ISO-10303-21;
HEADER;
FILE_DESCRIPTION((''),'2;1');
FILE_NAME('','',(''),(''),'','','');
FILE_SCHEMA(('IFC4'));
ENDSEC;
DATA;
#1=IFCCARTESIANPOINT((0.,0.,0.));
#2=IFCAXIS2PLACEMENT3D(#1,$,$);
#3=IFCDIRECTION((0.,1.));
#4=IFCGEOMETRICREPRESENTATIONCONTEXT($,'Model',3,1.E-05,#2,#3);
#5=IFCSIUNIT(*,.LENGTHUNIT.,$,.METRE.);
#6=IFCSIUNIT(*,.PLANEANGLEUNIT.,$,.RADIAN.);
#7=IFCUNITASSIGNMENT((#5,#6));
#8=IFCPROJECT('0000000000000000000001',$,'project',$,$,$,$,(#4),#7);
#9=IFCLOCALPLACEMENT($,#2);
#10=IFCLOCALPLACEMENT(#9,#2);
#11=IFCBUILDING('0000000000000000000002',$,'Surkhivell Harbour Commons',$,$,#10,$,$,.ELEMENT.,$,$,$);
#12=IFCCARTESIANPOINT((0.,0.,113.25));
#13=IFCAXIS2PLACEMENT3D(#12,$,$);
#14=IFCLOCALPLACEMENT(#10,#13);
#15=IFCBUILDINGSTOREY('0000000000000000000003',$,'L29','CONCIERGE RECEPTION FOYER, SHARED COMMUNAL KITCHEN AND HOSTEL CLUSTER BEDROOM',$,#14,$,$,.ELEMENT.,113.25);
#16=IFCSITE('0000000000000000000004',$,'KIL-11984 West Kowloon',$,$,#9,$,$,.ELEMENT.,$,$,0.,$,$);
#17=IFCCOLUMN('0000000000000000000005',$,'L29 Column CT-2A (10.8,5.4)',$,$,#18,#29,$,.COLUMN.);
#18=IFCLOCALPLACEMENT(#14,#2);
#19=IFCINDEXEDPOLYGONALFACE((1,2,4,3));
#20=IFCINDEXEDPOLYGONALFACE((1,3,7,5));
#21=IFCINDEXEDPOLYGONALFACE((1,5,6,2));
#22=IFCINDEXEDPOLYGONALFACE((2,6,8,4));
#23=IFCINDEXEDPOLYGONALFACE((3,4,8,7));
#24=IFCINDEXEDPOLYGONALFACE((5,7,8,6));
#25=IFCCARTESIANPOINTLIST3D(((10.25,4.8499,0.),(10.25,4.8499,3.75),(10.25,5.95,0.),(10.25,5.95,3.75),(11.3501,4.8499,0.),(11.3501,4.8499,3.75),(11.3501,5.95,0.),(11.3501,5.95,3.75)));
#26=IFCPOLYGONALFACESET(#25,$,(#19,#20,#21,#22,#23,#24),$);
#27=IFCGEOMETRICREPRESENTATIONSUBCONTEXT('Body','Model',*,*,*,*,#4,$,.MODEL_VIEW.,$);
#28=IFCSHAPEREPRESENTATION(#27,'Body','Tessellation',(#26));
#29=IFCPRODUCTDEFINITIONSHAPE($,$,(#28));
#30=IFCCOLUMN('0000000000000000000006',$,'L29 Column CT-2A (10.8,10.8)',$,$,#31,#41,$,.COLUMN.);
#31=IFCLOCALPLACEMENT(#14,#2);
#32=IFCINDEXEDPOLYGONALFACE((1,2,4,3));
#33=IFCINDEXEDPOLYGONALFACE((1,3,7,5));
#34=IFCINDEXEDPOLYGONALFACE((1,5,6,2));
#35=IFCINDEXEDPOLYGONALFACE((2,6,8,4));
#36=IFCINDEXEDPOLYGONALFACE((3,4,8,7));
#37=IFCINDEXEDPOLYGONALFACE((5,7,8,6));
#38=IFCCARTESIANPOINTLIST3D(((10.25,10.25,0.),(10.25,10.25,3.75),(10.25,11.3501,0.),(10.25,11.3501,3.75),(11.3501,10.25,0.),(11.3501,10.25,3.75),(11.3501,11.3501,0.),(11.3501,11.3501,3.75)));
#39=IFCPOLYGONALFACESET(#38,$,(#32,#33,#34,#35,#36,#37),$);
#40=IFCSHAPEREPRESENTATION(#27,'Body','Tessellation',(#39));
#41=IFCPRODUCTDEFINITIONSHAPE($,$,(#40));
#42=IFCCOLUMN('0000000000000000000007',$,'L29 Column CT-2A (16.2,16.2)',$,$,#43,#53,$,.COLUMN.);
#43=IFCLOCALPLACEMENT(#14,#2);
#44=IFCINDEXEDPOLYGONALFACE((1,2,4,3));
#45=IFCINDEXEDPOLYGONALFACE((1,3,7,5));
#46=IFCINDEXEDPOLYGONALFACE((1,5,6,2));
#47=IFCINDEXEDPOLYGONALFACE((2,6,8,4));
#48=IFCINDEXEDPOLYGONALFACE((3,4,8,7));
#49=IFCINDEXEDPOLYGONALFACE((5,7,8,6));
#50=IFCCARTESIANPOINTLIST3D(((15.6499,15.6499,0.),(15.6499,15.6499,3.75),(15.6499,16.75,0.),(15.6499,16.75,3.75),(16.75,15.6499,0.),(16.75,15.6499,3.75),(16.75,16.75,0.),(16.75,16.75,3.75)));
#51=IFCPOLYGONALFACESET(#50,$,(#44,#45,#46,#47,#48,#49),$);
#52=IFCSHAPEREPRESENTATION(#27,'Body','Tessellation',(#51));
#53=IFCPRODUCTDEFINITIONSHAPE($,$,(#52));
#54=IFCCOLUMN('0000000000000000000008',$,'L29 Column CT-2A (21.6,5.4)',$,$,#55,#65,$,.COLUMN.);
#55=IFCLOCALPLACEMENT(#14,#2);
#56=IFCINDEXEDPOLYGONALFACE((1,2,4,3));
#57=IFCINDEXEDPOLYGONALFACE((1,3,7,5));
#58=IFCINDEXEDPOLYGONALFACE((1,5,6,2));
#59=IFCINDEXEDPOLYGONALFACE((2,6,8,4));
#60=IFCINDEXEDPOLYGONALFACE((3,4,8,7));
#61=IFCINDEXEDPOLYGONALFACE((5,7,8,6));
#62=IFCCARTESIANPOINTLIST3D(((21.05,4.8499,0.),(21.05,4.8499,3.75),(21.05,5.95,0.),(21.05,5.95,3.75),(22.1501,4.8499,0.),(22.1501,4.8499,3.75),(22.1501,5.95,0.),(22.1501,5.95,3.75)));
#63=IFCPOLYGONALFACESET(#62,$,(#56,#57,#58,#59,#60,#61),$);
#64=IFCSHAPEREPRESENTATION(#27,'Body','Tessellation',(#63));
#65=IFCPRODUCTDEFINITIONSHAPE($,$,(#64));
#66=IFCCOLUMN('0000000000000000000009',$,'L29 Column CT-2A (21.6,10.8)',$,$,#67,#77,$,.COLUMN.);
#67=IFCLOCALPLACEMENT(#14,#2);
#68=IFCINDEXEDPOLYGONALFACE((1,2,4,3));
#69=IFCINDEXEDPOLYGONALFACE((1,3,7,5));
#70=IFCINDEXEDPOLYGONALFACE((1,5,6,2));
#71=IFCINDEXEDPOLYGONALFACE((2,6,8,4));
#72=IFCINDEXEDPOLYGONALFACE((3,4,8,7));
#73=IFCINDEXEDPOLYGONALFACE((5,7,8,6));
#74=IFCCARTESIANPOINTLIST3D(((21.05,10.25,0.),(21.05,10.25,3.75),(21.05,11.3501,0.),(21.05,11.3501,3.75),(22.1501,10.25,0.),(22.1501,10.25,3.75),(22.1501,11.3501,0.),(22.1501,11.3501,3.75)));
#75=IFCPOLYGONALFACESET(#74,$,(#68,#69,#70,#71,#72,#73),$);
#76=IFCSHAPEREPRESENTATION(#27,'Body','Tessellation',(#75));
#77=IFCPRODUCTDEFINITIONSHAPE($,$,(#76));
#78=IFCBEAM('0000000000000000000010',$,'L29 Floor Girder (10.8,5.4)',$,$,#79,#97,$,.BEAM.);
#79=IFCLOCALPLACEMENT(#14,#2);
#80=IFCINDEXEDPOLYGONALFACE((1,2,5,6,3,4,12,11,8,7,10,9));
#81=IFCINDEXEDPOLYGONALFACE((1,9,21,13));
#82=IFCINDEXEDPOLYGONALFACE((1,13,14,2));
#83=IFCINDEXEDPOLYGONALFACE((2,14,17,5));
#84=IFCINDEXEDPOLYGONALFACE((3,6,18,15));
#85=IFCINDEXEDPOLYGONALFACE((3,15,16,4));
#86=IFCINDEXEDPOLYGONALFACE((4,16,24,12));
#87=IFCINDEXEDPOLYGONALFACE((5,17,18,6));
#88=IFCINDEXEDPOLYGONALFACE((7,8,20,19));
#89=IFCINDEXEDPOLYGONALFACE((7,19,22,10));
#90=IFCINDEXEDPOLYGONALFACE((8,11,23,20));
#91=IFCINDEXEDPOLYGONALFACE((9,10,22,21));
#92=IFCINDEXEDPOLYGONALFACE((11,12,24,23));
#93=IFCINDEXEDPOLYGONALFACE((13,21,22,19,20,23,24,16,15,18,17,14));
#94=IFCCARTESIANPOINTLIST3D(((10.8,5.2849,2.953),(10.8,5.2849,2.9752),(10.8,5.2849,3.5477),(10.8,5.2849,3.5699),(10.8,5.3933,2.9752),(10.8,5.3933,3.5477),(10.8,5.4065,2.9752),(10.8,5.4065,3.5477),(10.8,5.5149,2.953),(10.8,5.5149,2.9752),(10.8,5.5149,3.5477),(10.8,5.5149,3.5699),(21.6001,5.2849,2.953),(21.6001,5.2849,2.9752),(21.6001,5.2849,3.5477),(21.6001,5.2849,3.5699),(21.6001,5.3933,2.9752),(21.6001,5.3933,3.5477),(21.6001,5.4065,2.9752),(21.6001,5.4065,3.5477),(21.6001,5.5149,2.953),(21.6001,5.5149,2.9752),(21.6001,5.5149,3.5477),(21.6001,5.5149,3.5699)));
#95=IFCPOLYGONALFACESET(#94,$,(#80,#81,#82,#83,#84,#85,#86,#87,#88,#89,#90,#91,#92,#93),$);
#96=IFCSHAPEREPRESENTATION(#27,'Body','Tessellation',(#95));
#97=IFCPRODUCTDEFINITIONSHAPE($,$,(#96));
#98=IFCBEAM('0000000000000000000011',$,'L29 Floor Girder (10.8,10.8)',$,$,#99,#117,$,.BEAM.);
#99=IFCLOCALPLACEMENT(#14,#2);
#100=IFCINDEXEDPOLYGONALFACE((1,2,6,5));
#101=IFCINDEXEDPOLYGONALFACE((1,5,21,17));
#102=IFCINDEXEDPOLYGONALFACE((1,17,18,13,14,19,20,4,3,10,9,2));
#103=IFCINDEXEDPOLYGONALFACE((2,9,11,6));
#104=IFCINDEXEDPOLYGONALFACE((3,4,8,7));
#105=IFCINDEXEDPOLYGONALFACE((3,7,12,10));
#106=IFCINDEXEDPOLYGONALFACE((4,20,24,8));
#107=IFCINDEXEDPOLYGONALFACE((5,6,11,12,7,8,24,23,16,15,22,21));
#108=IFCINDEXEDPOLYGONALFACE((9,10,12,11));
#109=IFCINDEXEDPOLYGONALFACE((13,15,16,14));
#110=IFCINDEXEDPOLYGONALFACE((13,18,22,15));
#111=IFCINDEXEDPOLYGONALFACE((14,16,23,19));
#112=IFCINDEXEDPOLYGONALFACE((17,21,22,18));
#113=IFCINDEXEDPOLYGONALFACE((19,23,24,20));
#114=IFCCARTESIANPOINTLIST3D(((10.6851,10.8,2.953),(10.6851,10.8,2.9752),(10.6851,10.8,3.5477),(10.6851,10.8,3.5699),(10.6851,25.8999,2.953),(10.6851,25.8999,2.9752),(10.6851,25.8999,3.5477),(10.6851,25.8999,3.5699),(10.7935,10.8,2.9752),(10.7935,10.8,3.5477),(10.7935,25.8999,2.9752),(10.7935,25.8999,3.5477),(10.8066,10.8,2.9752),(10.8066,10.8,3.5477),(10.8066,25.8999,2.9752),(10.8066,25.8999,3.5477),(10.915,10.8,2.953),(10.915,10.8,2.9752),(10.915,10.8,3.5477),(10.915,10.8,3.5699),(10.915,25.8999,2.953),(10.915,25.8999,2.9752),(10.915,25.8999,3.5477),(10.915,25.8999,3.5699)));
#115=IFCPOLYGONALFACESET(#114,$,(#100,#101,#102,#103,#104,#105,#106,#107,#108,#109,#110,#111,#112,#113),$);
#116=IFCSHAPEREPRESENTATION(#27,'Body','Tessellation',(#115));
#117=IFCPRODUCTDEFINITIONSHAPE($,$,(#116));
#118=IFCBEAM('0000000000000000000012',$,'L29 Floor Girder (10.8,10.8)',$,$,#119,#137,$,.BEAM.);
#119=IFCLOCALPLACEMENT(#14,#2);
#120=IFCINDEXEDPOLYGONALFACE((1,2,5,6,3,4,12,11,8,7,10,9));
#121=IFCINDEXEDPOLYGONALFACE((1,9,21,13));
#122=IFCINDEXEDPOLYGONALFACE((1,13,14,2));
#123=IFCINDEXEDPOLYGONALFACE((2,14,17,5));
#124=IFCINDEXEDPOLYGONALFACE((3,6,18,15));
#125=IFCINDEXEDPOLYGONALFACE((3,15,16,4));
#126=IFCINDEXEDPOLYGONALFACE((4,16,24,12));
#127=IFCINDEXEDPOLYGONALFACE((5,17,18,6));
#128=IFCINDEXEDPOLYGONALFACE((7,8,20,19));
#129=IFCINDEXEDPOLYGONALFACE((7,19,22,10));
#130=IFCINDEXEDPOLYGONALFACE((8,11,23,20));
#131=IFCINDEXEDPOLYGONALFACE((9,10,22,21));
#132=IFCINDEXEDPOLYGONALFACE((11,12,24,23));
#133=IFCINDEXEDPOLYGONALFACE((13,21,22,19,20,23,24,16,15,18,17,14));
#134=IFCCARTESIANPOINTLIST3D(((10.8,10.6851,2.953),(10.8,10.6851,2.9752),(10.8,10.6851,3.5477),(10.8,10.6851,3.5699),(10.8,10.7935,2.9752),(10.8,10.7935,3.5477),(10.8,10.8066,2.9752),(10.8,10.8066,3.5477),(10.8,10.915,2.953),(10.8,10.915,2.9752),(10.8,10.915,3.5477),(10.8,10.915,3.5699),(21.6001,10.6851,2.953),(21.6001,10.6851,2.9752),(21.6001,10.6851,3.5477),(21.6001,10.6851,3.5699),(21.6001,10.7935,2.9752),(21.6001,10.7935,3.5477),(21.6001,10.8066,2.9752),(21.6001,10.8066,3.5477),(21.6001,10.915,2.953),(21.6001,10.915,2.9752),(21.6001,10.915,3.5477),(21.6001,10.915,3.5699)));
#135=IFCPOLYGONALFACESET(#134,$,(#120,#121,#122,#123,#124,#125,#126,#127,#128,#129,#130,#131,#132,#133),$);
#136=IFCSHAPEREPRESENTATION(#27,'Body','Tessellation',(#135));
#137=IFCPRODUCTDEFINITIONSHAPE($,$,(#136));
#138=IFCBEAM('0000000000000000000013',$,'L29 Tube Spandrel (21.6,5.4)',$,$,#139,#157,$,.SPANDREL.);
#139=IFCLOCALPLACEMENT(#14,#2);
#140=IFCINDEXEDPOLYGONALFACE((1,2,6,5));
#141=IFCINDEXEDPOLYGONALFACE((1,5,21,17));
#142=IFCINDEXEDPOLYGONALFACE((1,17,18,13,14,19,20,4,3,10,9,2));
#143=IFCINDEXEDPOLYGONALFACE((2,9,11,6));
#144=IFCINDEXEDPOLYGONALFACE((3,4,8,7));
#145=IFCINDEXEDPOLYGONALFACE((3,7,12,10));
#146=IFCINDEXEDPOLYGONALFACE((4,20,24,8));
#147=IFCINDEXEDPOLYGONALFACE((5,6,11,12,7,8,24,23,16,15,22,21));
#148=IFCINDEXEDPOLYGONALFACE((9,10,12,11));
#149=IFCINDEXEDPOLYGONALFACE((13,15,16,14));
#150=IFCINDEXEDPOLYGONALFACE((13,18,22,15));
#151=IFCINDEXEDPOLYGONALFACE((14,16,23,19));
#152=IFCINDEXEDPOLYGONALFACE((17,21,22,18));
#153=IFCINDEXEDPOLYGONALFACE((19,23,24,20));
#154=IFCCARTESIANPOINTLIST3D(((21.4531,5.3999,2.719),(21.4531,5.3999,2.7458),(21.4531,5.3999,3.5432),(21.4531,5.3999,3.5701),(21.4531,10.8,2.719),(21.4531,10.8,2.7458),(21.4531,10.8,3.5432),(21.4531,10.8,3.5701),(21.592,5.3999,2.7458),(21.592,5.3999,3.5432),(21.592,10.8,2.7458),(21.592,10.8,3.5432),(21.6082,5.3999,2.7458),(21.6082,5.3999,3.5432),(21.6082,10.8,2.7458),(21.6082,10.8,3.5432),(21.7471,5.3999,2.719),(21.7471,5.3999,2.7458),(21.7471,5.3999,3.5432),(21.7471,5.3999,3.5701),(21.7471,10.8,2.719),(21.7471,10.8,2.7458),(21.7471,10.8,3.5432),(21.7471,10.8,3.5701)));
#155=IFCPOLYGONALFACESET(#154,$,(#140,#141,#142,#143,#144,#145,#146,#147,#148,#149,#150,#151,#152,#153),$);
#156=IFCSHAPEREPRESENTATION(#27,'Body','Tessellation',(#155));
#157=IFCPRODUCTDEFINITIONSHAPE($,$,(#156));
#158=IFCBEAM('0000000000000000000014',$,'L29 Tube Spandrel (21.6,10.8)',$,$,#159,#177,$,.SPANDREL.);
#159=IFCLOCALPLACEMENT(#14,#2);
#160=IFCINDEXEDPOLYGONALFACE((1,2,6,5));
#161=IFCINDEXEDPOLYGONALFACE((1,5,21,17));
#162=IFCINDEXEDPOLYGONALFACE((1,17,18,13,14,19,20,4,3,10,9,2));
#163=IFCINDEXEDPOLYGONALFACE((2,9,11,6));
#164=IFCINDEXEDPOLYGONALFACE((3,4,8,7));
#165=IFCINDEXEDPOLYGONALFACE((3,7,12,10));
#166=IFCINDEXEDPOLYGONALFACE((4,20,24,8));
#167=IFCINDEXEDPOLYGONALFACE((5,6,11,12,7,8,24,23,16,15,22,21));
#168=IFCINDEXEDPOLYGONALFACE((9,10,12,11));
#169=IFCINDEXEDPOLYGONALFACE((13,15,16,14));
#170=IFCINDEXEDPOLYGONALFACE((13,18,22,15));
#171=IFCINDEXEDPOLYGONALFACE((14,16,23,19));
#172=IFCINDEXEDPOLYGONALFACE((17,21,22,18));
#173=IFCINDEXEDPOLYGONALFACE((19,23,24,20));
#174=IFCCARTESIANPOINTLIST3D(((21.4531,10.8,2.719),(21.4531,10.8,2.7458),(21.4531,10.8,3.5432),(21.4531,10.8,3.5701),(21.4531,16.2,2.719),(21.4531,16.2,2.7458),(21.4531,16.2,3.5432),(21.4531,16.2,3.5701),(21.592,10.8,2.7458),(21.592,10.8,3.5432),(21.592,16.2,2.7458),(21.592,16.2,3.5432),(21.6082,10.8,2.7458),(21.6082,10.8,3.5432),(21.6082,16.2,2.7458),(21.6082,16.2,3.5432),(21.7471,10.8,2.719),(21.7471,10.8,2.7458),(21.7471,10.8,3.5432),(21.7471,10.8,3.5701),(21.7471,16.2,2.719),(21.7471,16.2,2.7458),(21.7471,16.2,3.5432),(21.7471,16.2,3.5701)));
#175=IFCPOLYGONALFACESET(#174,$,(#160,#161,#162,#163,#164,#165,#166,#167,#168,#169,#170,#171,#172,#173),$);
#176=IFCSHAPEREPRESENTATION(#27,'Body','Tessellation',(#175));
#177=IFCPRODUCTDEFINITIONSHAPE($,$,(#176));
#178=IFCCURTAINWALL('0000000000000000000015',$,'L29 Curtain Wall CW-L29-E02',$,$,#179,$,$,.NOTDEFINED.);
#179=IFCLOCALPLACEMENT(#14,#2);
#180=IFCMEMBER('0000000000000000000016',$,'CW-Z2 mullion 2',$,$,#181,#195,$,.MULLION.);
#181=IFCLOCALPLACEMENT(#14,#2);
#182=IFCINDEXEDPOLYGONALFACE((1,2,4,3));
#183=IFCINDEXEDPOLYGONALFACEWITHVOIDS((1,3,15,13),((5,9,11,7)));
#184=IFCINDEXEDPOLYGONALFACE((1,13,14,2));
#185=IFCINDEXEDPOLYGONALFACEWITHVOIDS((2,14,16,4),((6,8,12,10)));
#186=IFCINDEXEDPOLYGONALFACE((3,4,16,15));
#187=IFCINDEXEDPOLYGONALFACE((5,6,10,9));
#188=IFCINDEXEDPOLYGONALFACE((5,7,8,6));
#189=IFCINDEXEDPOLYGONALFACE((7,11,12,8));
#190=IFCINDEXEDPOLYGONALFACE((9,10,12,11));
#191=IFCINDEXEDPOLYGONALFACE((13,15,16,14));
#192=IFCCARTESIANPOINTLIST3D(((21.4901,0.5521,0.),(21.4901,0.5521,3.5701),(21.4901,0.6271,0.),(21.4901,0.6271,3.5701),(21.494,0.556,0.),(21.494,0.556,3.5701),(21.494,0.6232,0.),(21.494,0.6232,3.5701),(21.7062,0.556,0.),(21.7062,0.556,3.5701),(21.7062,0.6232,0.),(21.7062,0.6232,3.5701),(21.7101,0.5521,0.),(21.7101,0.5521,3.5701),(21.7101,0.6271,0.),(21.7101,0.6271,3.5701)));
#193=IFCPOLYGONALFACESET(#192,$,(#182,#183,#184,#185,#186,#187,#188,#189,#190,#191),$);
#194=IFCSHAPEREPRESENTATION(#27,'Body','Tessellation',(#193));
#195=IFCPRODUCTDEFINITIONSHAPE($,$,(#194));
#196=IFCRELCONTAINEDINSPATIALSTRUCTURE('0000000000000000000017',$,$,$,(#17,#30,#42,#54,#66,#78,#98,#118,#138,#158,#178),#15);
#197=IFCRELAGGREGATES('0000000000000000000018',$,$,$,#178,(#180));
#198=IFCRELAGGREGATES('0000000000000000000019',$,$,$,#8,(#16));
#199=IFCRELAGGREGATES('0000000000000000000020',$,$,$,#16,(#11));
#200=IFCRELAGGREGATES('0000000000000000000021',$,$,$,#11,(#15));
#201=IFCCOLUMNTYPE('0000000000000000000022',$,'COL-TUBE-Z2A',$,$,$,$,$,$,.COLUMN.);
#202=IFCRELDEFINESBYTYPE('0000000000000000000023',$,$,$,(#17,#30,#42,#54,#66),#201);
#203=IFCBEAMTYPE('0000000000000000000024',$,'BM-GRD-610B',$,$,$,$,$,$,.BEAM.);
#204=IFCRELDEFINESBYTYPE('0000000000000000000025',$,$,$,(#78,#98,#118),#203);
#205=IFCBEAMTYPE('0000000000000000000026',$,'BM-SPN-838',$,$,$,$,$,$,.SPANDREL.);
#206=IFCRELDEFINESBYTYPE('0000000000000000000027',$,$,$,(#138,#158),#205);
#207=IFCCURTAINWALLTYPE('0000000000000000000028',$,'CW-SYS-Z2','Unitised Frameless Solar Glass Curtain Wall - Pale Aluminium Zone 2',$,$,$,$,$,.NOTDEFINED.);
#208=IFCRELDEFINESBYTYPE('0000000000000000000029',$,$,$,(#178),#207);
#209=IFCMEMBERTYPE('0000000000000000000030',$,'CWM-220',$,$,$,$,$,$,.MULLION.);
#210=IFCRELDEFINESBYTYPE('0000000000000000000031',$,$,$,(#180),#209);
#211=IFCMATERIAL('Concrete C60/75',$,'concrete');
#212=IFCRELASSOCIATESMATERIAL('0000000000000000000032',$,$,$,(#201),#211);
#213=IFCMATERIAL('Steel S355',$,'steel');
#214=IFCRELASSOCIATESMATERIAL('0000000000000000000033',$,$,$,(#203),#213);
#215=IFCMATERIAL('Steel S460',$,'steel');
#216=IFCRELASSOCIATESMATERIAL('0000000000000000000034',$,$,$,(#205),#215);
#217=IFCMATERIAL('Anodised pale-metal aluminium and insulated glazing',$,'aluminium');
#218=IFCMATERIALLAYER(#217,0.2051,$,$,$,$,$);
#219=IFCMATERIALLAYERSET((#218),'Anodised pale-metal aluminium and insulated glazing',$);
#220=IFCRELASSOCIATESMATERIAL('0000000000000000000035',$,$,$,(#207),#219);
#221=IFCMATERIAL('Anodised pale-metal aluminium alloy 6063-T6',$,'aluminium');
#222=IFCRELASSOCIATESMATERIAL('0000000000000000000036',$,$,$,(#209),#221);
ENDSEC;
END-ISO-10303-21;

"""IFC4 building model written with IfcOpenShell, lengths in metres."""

from ifc_helpers import new_model, si_unit, direction, frame, origin, origin_2d, place, context, subcontext, project, spatial, rectangle, hollow_rectangle, i_section, extrude, material, layer, layer_set, material_profile, profile_set, type_object, element, aggregate, save


model = new_model("IFC4")

# Units and contexts
model_context = context("Model", 3, precision=1e-05, world=origin(), true_north=direction((0.0, 1.0)))
body_context = subcontext(model_context, "Body", "Model", "MODEL_VIEW")
ifc_project = project(units=[si_unit("LENGTHUNIT", "METRE"), si_unit("PLANEANGLEUNIT", "RADIAN")], contexts=[model_context])

# Site, building, storey
site_placement = place(None, origin())
site = spatial("IfcSite", under=ifc_project, at=site_placement, Name="KIL-11984 West Kowloon", CompositionType="ELEMENT", RefElevation=0.0)
building_placement = place(site_placement, origin())
building = spatial("IfcBuilding", under=site, at=building_placement, Name="Surkhivell Harbour Commons", CompositionType="ELEMENT")
storey_placement = place(building_placement, frame((0.0, 0.0, 113.25)))
storey = spatial("IfcBuildingStorey", under=building, at=storey_placement, Name="L29", Description="CONCIERGE RECEPTION FOYER, SHARED COMMUNAL KITCHEN AND HOSTEL CLUSTER BEDROOM", CompositionType="ELEMENT", Elevation=113.25)

# Columns
ifc_material_1 = material(Name="Concrete C60/75", Category="concrete")
ifc_material_profile_1 = material_profile(ifc_material_1, rectangle(XDim=1.1001, YDim=1.1001, at=origin_2d()), Name="RC-COL-1100x1100")
ifc_profile_set_1 = profile_set([ifc_material_profile_1], Name="Concrete C60/75")
column_type = type_object("IfcColumnType", Name="COL-TUBE-Z2A", PredefinedType="COLUMN", material=ifc_profile_set_1)
for number, where, z_axis, x_axis, name in (
    (1, (10.8, 5.3999, 0.0), (0.0, 0.0, 1.0), (1.0, 0.0, 0.0), "L29 Column CT-2A (10.8,5.4)"),
    (2, (10.8, 10.8, 0.0), (0.0, 0.0, 1.0), (1.0, 0.0, 0.0), "L29 Column CT-2A (10.8,10.8)"),
    (3, (16.2, 16.2, 0.0), (0.0, 0.0, 1.0), (1.0, 0.0, 0.0), "L29 Column CT-2A (16.2,16.2)"),
    (4, (21.6001, 5.3999, 0.0), (0.0, 0.0, 1.0), (1.0, 0.0, 0.0), "L29 Column CT-2A (21.6,5.4)"),
    (5, (21.6001, 10.8, 0.0), (0.0, 0.0, 1.0), (1.0, 0.0, 0.0), "L29 Column CT-2A (21.6,10.8)"),
):
    element("IfcColumn", number, at=place(storey_placement, frame(where, z_axis=z_axis, x_axis=x_axis)), inside=storey, type_object=column_type, Name=name, PredefinedType="COLUMN", context=body_context, shape_type="SweptSolid", body=[
        extrude(rectangle(XDim=1.1001, YDim=1.1001, at=origin_2d()), origin(), (0.0, 0.0, 1.0), 3.75),
    ])

# Beams
ifc_material_2 = material(Name="Steel S355", Category="steel")
ifc_material_profile_2 = material_profile(ifc_material_2, i_section(OverallWidth=0.23, OverallDepth=0.6169, WebThickness=0.0132, FlangeThickness=0.0222, at=origin_2d()), Name="UB610x229x140")
ifc_profile_set_2 = profile_set([ifc_material_profile_2], Name="Steel S355")
beam_type_1 = type_object("IfcBeamType", Name="BM-GRD-610B", PredefinedType="BEAM", material=ifc_profile_set_2)
beam_1_placement = place(storey_placement, frame((10.8, 5.3999, 3.2615), z_axis=(1.0, 0.0, 0.0), x_axis=(0.0, 1.0, 0.0)))
element("IfcBeam", 6, at=beam_1_placement, inside=storey, type_object=beam_type_1, Name="L29 Floor Girder (10.8,5.4)", PredefinedType="BEAM", context=body_context, shape_type="SweptSolid", body=[
    extrude(i_section(OverallWidth=0.23, OverallDepth=0.6169, WebThickness=0.0132, FlangeThickness=0.0222, at=origin_2d()), origin(), (0.0, 0.0, 1.0), 10.8),
])
beam_2_placement = place(storey_placement, frame((10.8, 10.8, 3.2615), z_axis=(0.0, 1.0, 0.0), x_axis=(-1.0, 0.0, 0.0)))
element("IfcBeam", 7, at=beam_2_placement, inside=storey, type_object=beam_type_1, Name="L29 Floor Girder (10.8,10.8)", PredefinedType="BEAM", context=body_context, shape_type="SweptSolid", body=[
    extrude(i_section(OverallWidth=0.23, OverallDepth=0.6169, WebThickness=0.0132, FlangeThickness=0.0222, at=origin_2d()), origin(), (0.0, 0.0, 1.0), 15.0999),
])
beam_3_placement = place(storey_placement, frame((10.8, 10.8, 3.2615), z_axis=(1.0, 0.0, 0.0), x_axis=(0.0, 1.0, 0.0)))
element("IfcBeam", 8, at=beam_3_placement, inside=storey, type_object=beam_type_1, Name="L29 Floor Girder (10.8,10.8)", PredefinedType="BEAM", context=body_context, shape_type="SweptSolid", body=[
    extrude(i_section(OverallWidth=0.23, OverallDepth=0.6169, WebThickness=0.0132, FlangeThickness=0.0222, at=origin_2d()), origin(), (0.0, 0.0, 1.0), 10.8),
])
ifc_material_3 = material(Name="Steel S460", Category="steel")
ifc_material_profile_3 = material_profile(ifc_material_3, i_section(OverallWidth=0.2939, OverallDepth=0.8511, WebThickness=0.0161, FlangeThickness=0.0269, at=origin_2d()), Name="UB838x292x226")
ifc_profile_set_3 = profile_set([ifc_material_profile_3], Name="Steel S460")
beam_type_2 = type_object("IfcBeamType", Name="BM-SPN-838", PredefinedType="SPANDREL", material=ifc_profile_set_3)
beam_4_placement = place(storey_placement, frame((21.6001, 5.3999, 3.1445), z_axis=(0.0, 1.0, 0.0), x_axis=(-1.0, 0.0, 0.0)))
element("IfcBeam", 9, at=beam_4_placement, inside=storey, type_object=beam_type_2, Name="L29 Tube Spandrel (21.6,5.4)", PredefinedType="SPANDREL", context=body_context, shape_type="SweptSolid", body=[
    extrude(i_section(OverallWidth=0.2939, OverallDepth=0.8511, WebThickness=0.0161, FlangeThickness=0.0269, at=origin_2d()), origin(), (0.0, 0.0, 1.0), 5.4001),
])
beam_5_placement = place(storey_placement, frame((21.6001, 10.8, 3.1445), z_axis=(0.0, 1.0, 0.0), x_axis=(-1.0, 0.0, 0.0)))
element("IfcBeam", 10, at=beam_5_placement, inside=storey, type_object=beam_type_2, Name="L29 Tube Spandrel (21.6,10.8)", PredefinedType="SPANDREL", context=body_context, shape_type="SweptSolid", body=[
    extrude(i_section(OverallWidth=0.2939, OverallDepth=0.8511, WebThickness=0.0161, FlangeThickness=0.0269, at=origin_2d()), origin(), (0.0, 0.0, 1.0), 5.3999),
])

# Curtain wall, member
ifc_material_4 = material(Name="Anodised pale-metal aluminium and insulated glazing", Category="aluminium")
ifc_layer_1 = layer(ifc_material_4, 0.2051)
ifc_layer_set_1 = layer_set([ifc_layer_1], Name="Anodised pale-metal aluminium and insulated glazing")
curtain_wall_type = type_object("IfcCurtainWallType", Name="CW-SYS-Z2", Description="Unitised Frameless Solar Glass Curtain Wall - Pale Aluminium Zone 2", PredefinedType="NOTDEFINED", material=ifc_layer_set_1)
curtain_wall_placement = place(storey_placement, origin())
curtain_wall = element("IfcCurtainWall", 11, at=curtain_wall_placement, inside=storey, type_object=curtain_wall_type, Name="L29 Curtain Wall CW-L29-E02", PredefinedType="NOTDEFINED")
ifc_material_5 = material(Name="Anodised pale-metal aluminium alloy 6063-T6", Category="aluminium")
ifc_material_profile_4 = material_profile(ifc_material_5, hollow_rectangle(XDim=0.075, YDim=0.22, WallThickness=0.0039, at=origin_2d()), Name="ALU-MULL-75x220")
ifc_profile_set_4 = profile_set([ifc_material_profile_4], Name="Anodised pale-metal aluminium alloy 6063-T6")
member_type_1 = type_object("IfcMemberType", Name="CWM-220", PredefinedType="MULLION", material=ifc_profile_set_4)
member_1_placement = place(storey_placement, frame((21.6001, 0.5896, 0.0), z_axis=(0.0, 0.0, 1.0), x_axis=(0.0, 1.0, 0.0)))
member_1 = element("IfcMember", 12, at=member_1_placement, type_object=member_type_1, Name="CW-Z2 mullion 2", PredefinedType="MULLION", context=body_context, shape_type="SweptSolid", body=[
    extrude(hollow_rectangle(XDim=0.075, YDim=0.22, WallThickness=0.0039, at=origin_2d()), origin(), (0.0, 0.0, 1.0), 3.5701),
])
aggregate(curtain_wall, [member_1])

save(model, "model.ifc")
